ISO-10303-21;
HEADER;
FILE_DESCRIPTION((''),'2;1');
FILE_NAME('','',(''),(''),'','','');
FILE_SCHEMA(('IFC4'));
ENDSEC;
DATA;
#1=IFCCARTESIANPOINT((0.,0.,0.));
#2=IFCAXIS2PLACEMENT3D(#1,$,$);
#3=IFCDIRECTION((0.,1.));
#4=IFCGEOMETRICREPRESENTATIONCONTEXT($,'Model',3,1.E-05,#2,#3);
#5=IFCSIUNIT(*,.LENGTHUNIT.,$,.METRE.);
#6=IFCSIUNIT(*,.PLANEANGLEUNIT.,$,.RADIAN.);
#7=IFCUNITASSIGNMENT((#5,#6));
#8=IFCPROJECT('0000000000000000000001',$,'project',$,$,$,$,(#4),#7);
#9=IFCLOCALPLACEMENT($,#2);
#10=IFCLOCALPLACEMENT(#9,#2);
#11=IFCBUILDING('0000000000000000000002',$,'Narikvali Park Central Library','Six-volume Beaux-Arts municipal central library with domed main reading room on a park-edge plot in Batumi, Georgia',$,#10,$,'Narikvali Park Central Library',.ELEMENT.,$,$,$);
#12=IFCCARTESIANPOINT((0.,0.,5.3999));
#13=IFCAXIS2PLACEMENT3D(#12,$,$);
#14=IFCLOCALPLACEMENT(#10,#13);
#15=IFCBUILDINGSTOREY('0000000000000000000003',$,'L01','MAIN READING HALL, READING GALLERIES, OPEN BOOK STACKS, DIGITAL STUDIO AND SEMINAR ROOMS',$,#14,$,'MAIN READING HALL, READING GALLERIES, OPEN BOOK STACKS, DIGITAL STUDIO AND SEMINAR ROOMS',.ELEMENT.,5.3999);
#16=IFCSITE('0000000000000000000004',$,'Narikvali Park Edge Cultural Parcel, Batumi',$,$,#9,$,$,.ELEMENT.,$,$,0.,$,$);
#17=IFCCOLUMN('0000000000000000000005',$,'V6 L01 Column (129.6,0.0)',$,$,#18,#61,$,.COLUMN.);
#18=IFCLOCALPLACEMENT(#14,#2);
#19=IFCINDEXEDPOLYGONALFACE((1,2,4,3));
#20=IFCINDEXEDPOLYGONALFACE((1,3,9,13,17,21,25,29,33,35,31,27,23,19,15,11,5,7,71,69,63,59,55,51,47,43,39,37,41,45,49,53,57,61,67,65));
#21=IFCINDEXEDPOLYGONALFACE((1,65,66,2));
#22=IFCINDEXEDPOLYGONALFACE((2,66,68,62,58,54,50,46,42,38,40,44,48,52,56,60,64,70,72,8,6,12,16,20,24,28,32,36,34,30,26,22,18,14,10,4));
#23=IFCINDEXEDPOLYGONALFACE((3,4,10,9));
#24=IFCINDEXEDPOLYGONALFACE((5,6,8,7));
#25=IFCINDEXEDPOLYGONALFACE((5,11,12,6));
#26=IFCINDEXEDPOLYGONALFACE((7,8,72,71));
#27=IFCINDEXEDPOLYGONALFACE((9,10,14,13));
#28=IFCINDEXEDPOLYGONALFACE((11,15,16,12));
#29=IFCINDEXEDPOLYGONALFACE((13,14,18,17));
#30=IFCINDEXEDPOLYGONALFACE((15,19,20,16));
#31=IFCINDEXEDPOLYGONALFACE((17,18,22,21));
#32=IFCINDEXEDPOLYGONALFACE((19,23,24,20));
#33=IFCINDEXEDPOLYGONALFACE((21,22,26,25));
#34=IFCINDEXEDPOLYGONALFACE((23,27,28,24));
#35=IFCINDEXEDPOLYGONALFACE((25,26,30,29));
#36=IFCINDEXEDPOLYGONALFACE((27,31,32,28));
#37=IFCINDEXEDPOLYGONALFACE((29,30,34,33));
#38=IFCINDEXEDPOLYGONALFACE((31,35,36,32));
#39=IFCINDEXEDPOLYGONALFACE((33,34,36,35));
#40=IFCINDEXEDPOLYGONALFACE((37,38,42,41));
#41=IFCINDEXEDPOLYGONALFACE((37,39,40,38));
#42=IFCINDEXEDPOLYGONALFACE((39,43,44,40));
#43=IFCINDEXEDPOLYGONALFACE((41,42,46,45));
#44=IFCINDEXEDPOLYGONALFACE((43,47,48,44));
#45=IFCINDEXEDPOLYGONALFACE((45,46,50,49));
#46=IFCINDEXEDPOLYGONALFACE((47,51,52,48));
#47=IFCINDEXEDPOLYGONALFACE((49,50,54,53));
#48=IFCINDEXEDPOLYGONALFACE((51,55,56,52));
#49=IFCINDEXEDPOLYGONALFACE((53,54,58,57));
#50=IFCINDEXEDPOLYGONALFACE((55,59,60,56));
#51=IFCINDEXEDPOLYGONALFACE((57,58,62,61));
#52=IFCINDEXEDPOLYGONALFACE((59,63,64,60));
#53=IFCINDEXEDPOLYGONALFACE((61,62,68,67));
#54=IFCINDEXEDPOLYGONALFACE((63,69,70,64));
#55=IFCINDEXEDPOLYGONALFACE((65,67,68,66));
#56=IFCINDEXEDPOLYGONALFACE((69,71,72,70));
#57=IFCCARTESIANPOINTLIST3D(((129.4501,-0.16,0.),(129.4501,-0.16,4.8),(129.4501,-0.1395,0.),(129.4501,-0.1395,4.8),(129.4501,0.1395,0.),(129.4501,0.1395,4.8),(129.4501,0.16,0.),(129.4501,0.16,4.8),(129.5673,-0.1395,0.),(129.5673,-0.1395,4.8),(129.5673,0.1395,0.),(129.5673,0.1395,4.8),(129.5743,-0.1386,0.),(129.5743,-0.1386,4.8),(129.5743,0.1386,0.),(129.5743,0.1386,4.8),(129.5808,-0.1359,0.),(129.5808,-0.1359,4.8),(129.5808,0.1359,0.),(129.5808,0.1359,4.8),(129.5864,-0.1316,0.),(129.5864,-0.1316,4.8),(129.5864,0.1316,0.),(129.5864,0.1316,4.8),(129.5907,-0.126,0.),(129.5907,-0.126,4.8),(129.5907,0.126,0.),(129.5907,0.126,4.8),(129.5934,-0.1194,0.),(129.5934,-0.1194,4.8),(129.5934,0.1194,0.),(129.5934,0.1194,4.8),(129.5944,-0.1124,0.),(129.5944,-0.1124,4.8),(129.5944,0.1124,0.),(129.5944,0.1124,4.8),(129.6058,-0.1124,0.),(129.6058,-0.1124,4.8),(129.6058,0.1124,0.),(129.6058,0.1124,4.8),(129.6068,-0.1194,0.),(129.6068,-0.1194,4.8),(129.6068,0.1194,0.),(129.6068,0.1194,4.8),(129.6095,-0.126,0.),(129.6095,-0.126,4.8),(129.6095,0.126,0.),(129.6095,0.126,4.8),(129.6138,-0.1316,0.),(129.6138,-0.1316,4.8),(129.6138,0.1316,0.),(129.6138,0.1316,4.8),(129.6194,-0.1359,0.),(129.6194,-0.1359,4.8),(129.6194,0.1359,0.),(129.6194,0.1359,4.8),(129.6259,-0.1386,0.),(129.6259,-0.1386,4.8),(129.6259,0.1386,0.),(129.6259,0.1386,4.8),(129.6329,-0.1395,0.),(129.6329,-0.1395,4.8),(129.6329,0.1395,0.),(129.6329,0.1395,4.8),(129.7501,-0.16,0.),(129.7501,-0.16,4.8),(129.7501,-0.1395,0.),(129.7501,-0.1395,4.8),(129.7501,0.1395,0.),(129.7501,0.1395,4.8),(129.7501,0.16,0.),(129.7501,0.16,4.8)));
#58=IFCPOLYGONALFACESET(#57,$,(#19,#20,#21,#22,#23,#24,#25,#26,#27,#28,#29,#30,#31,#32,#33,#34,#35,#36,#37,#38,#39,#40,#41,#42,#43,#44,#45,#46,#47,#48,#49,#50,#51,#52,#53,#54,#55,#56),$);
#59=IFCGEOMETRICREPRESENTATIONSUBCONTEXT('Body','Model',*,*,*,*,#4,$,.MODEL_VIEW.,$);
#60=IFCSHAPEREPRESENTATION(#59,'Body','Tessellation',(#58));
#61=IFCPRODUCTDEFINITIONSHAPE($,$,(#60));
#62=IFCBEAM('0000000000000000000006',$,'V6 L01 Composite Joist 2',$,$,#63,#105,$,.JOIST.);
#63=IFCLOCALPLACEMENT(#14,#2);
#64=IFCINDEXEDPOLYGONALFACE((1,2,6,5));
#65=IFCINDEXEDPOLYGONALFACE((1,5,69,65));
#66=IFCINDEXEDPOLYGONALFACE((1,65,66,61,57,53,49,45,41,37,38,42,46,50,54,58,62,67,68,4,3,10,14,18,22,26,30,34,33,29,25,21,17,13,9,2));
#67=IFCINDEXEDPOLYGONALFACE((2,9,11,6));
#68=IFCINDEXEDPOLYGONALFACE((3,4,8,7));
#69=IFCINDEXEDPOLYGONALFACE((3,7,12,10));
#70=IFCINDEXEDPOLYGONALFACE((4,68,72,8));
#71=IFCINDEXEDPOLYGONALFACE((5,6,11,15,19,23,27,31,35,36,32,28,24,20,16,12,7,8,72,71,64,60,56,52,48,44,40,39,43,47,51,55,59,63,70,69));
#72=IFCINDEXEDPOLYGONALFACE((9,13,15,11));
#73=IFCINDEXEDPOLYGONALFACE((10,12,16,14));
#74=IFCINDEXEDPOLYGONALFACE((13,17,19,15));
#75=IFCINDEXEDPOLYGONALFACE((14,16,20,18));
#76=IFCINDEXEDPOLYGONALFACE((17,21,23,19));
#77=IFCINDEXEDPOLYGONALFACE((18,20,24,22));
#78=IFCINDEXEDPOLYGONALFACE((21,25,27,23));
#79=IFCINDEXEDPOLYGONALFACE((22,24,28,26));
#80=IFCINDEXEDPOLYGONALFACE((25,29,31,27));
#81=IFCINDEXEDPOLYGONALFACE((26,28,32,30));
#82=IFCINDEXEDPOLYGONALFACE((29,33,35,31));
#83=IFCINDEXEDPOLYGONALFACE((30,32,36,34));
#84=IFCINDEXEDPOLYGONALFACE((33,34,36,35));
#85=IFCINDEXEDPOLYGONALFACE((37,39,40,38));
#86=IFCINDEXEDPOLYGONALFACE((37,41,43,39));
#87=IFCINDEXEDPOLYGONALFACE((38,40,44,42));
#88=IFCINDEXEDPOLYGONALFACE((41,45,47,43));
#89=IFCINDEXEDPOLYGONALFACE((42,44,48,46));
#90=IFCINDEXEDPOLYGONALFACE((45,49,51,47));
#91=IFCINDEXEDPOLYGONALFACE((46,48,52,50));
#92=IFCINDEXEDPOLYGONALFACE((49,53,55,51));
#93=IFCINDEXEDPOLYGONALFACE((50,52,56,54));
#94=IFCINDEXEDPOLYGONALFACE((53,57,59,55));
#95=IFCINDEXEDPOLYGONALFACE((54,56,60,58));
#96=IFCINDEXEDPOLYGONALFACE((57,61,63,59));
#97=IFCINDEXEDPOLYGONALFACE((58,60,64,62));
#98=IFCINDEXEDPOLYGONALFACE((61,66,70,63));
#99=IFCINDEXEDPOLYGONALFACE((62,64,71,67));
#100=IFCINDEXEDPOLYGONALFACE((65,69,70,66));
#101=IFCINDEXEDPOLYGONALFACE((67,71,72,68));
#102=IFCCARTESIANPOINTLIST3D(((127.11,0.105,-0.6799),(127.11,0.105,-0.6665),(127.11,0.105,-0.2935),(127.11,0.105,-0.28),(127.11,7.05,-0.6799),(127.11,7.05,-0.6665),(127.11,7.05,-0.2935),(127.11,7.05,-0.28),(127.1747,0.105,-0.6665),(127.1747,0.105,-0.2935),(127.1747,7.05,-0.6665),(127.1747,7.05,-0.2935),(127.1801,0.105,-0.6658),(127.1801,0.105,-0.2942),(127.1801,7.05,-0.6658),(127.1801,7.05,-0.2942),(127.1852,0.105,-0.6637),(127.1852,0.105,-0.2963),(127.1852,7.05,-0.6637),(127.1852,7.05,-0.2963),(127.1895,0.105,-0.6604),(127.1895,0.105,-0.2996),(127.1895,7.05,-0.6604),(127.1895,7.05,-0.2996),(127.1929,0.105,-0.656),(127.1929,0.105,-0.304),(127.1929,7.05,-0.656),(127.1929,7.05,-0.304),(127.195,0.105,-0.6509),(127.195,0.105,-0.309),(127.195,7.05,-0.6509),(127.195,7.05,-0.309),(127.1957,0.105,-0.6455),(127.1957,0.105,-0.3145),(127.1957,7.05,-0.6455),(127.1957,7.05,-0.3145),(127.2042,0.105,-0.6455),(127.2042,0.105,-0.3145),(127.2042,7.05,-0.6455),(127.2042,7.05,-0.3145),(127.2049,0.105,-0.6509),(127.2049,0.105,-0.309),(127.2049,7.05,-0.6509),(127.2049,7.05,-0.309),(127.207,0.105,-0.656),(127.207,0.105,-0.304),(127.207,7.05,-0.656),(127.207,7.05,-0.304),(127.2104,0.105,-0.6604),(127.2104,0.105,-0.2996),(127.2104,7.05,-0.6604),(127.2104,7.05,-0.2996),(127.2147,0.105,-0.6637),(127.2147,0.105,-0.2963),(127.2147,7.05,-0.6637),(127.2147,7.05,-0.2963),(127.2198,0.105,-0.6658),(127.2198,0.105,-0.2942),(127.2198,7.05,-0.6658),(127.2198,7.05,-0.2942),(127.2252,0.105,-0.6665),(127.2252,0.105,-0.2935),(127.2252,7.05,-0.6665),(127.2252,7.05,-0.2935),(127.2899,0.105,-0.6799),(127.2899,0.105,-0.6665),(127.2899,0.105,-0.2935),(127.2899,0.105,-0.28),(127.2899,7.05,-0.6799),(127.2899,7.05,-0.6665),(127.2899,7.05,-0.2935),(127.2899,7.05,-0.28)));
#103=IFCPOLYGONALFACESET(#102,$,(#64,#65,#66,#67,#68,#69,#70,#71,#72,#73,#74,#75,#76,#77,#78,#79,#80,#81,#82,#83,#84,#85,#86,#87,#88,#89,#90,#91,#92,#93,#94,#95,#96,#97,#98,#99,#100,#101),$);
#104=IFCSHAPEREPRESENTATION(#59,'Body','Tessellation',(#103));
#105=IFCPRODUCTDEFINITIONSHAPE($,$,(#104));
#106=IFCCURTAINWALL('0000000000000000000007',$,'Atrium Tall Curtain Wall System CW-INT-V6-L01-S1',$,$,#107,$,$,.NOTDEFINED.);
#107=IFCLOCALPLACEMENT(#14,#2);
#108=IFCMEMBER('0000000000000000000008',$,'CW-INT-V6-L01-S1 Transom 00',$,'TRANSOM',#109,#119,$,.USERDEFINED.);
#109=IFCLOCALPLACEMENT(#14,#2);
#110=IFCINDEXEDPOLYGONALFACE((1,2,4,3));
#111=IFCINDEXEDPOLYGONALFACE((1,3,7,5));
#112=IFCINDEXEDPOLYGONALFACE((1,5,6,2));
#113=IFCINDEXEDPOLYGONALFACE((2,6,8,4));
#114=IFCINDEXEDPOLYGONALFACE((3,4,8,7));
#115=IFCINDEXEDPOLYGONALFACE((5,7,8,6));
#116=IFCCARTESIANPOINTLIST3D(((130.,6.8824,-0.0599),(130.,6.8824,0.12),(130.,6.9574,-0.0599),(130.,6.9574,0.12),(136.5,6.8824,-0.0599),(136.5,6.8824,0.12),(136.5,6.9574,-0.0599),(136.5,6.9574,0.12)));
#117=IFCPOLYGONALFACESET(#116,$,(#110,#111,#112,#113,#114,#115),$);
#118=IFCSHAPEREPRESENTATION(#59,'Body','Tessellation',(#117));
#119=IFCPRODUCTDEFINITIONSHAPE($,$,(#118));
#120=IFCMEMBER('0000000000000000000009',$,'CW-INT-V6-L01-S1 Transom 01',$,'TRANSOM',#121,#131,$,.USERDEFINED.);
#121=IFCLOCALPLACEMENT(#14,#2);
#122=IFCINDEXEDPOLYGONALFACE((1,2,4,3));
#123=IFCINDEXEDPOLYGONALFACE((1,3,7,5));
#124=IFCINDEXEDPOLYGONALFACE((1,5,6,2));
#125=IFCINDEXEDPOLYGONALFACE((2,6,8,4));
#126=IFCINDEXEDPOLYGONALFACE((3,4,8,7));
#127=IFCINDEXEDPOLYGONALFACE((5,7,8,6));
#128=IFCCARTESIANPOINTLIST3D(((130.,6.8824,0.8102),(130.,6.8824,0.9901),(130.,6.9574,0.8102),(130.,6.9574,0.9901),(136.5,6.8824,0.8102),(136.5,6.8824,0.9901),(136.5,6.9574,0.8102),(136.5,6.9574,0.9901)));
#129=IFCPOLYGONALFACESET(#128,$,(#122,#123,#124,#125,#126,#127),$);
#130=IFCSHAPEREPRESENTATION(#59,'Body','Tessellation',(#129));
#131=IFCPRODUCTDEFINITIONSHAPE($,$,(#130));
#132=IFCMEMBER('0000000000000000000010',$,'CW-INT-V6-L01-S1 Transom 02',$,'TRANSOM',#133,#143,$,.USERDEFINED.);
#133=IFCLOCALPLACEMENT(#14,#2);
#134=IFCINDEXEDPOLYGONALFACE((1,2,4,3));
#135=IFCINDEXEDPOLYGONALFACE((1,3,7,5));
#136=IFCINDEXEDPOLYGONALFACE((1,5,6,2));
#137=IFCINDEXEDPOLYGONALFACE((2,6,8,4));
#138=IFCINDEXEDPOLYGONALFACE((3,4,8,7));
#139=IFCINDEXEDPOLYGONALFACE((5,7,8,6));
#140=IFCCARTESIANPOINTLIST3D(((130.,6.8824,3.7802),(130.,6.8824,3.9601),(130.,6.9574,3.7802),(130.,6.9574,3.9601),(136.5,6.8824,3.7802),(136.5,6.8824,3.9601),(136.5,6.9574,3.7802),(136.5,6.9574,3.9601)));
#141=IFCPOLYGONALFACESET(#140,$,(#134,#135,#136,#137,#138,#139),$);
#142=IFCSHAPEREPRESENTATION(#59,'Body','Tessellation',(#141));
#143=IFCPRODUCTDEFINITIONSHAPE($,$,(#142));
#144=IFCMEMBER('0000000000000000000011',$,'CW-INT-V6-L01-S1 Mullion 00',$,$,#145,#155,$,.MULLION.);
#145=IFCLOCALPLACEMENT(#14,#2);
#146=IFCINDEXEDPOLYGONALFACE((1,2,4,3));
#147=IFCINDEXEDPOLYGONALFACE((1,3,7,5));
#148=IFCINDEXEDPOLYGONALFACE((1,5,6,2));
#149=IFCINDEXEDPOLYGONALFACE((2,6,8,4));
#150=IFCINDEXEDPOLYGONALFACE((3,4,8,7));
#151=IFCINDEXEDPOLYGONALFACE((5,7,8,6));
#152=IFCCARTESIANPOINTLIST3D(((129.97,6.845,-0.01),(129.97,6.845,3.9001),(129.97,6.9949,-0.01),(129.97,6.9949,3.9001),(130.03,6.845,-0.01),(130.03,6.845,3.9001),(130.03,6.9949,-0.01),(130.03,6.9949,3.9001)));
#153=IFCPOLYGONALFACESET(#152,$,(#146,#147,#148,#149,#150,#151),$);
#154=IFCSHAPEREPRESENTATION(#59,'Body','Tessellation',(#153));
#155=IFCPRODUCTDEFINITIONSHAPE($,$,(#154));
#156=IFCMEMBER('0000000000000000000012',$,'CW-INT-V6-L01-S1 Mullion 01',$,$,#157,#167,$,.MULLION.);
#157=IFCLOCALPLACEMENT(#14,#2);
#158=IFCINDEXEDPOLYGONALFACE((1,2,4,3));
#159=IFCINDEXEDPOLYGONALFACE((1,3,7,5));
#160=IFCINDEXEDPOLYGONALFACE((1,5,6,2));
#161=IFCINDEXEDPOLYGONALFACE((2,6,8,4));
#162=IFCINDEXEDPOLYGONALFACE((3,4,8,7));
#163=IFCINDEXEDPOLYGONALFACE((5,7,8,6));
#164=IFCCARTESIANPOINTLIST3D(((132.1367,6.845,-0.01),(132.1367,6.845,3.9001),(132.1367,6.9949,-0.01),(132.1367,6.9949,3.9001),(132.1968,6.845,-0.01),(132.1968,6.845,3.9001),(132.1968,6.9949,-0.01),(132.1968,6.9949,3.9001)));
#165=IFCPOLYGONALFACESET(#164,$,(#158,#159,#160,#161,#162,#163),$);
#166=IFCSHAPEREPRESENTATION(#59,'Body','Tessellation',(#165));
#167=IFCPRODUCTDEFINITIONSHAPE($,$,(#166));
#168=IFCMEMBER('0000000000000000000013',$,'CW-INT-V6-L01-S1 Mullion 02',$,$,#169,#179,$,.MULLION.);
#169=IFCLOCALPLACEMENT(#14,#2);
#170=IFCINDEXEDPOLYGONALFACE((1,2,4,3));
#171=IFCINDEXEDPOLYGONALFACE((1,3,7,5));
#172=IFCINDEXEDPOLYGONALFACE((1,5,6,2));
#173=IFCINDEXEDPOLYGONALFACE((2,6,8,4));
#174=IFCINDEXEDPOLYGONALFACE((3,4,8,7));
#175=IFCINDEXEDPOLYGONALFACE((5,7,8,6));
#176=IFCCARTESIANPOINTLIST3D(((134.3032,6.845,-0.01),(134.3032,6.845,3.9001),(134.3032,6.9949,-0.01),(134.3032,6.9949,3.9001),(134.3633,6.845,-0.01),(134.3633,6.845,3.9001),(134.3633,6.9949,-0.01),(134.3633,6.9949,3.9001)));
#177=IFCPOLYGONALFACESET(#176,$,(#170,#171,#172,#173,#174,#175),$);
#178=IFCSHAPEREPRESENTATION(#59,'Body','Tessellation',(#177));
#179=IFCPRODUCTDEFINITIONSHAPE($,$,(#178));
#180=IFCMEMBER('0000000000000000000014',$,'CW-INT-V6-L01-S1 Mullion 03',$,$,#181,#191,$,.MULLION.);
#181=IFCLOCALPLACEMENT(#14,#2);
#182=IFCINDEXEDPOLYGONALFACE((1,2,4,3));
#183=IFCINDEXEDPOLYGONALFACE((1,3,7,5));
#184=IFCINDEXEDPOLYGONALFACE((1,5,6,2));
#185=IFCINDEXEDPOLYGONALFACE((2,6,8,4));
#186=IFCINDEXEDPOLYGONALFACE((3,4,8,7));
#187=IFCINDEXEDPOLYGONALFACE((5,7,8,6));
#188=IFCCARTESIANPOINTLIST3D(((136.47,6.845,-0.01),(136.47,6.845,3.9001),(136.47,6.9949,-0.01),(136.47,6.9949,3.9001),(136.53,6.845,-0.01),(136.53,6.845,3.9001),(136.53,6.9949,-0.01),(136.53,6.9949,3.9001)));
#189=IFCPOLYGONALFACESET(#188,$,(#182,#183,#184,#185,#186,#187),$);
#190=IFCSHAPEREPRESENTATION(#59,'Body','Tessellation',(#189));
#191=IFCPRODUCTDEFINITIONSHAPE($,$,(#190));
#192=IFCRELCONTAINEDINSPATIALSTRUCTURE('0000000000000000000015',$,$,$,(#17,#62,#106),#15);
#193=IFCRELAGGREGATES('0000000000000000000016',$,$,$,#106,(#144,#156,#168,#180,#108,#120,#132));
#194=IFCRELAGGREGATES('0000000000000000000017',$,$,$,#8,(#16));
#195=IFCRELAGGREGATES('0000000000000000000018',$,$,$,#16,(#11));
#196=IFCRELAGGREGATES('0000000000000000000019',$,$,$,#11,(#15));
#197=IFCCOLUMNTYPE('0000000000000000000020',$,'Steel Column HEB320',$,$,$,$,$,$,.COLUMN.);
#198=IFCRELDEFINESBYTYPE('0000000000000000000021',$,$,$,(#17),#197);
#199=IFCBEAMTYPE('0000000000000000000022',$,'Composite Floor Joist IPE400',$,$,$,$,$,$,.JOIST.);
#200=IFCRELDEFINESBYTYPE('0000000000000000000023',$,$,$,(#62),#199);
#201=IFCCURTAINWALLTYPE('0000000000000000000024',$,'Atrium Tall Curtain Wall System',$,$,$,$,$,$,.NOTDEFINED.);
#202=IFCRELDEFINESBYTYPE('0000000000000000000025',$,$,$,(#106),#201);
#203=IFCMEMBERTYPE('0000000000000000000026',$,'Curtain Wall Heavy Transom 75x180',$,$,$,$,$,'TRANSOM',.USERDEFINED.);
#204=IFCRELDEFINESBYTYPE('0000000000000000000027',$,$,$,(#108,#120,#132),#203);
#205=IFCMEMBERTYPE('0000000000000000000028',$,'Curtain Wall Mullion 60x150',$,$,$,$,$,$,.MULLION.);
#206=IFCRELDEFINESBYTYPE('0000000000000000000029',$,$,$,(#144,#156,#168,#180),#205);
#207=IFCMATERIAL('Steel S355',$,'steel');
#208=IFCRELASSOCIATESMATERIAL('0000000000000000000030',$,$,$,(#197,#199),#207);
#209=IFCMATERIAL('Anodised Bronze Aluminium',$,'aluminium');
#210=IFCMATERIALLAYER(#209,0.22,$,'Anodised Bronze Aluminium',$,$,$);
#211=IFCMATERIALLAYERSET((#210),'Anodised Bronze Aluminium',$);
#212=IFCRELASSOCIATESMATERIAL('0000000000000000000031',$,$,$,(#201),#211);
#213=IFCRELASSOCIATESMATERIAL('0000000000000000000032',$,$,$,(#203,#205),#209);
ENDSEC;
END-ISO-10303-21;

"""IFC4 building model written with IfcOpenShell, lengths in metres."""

from ifc_helpers import new_model, si_unit, direction, frame, origin, origin_2d, place, context, subcontext, project, spatial, rectangle, i_section, extrude, material, layer, layer_set, material_profile, profile_set, type_object, element, aggregate, save


model = new_model("IFC4")

# Units and contexts
model_context = context("Model", 3, precision=1e-05, world=origin(), true_north=direction((0.0, 1.0)))
body_context = subcontext(model_context, "Body", "Model", "MODEL_VIEW")
ifc_project = project(units=[si_unit("LENGTHUNIT", "METRE"), si_unit("PLANEANGLEUNIT", "RADIAN")], contexts=[model_context])

# Site, building, storey
site_placement = place(None, origin())
site = spatial("IfcSite", under=ifc_project, at=site_placement, Name="Narikvali Park Edge Cultural Parcel, Batumi", CompositionType="ELEMENT", RefElevation=0.0)
building_placement = place(site_placement, origin())
building = spatial("IfcBuilding", under=site, at=building_placement, Name="Narikvali Park Central Library", Description="Six-volume Beaux-Arts municipal central library with domed main reading room on a park-edge plot in Batumi, Georgia", LongName="Narikvali Park Central Library", CompositionType="ELEMENT")
storey_placement = place(building_placement, frame((0.0, 0.0, 5.3999)))
storey = spatial("IfcBuildingStorey", under=building, at=storey_placement, Name="L01", Description="MAIN READING HALL, READING GALLERIES, OPEN BOOK STACKS, DIGITAL STUDIO AND SEMINAR ROOMS", LongName="MAIN READING HALL, READING GALLERIES, OPEN BOOK STACKS, DIGITAL STUDIO AND SEMINAR ROOMS", CompositionType="ELEMENT", Elevation=5.3999)

# Column
ifc_material_1 = material(Name="Steel S355", Category="steel")
ifc_material_profile_1 = material_profile(ifc_material_1, i_section(OverallWidth=0.3, OverallDepth=0.3201, WebThickness=0.0115, FlangeThickness=0.0205, FilletRadius=0.0271, at=origin_2d()), Name="HEB 320")
ifc_profile_set_1 = profile_set([ifc_material_profile_1], Name="Steel S355")
column_type = type_object("IfcColumnType", Name="Steel Column HEB320", PredefinedType="COLUMN", material=ifc_profile_set_1)
column_placement = place(storey_placement, frame((129.6001, 0.0, 0.0), z_axis=(0.0, 0.0, 1.0), x_axis=(1.0, 0.0, 0.0)))
element("IfcColumn", 1, at=column_placement, inside=storey, type_object=column_type, Name="V6 L01 Column (129.6,0.0)", PredefinedType="COLUMN", context=body_context, shape_type="SweptSolid", body=[
    extrude(i_section(OverallWidth=0.3, OverallDepth=0.3201, WebThickness=0.0115, FlangeThickness=0.0205, FilletRadius=0.0271, at=origin_2d()), origin(), (0.0, 0.0, 1.0), 4.8),
])

# Beam
ifc_material_profile_2 = material_profile(ifc_material_1, i_section(OverallWidth=0.1799, OverallDepth=0.3999, WebThickness=0.0085, FlangeThickness=0.0134, FilletRadius=0.021, at=origin_2d()), Name="IPE 400")
ifc_profile_set_2 = profile_set([ifc_material_profile_2], Name="Steel S355")
beam_type_1 = type_object("IfcBeamType", Name="Composite Floor Joist IPE400", PredefinedType="JOIST", material=ifc_profile_set_2)
beam_1_placement = place(storey_placement, frame((127.2, 0.105, -0.48), z_axis=(0.0, 1.0, 0.0), x_axis=(-1.0, 0.0, 0.0)))
element("IfcBeam", 2, at=beam_1_placement, inside=storey, type_object=beam_type_1, Name="V6 L01 Composite Joist 2", PredefinedType="JOIST", context=body_context, shape_type="SweptSolid", body=[
    extrude(i_section(OverallWidth=0.1799, OverallDepth=0.3999, WebThickness=0.0085, FlangeThickness=0.0134, FilletRadius=0.021, at=origin_2d()), origin(), (0.0, 0.0, 1.0), 6.9451),
])

# Curtain wall, members
ifc_material_2 = material(Name="Anodised Bronze Aluminium", Category="aluminium")
ifc_layer_1 = layer(ifc_material_2, 0.22, Name="Anodised Bronze Aluminium")
ifc_layer_set_1 = layer_set([ifc_layer_1], Name="Anodised Bronze Aluminium")
curtain_wall_type = type_object("IfcCurtainWallType", Name="Atrium Tall Curtain Wall System", PredefinedType="NOTDEFINED", material=ifc_layer_set_1)
curtain_wall_placement = place(storey_placement, origin())
curtain_wall = element("IfcCurtainWall", 3, at=curtain_wall_placement, inside=storey, type_object=curtain_wall_type, Name="Atrium Tall Curtain Wall System CW-INT-V6-L01-S1", PredefinedType="NOTDEFINED")
ifc_material_profile_3 = material_profile(ifc_material_2, rectangle(XDim=0.075, YDim=0.1799, at=origin_2d()), Name="CW TRANSOM 75x180")
ifc_profile_set_3 = profile_set([ifc_material_profile_3], Name="Anodised Bronze Aluminium")
member_type_1 = type_object("IfcMemberType", Name="Curtain Wall Heavy Transom 75x180", ElementType="TRANSOM", PredefinedType="USERDEFINED", material=ifc_profile_set_3)
member_1_placement = place(storey_placement, frame((130.0, 6.9199, 0.03), z_axis=(1.0, 0.0, 0.0), x_axis=(0.0, 1.0, 0.0)))
member_1 = element("IfcMember", 4, at=member_1_placement, type_object=member_type_1, Name="CW-INT-V6-L01-S1 Transom 00", ObjectType="TRANSOM", PredefinedType="USERDEFINED", context=body_context, shape_type="SweptSolid", body=[
    extrude(rectangle(XDim=0.075, YDim=0.1799, at=origin_2d()), origin(), (0.0, 0.0, 1.0), 6.5),
])
member_2_placement = place(storey_placement, frame((130.0, 6.9199, 0.9001), z_axis=(1.0, 0.0, 0.0), x_axis=(0.0, 1.0, 0.0)))
member_2 = element("IfcMember", 5, at=member_2_placement, type_object=member_type_1, Name="CW-INT-V6-L01-S1 Transom 01", ObjectType="TRANSOM", PredefinedType="USERDEFINED", context=body_context, shape_type="SweptSolid", body=[
    extrude(rectangle(XDim=0.075, YDim=0.1799, at=origin_2d()), origin(), (0.0, 0.0, 1.0), 6.5),
])
member_3_placement = place(storey_placement, frame((130.0, 6.9199, 3.8701), z_axis=(1.0, 0.0, 0.0), x_axis=(0.0, 1.0, 0.0)))
member_3 = element("IfcMember", 6, at=member_3_placement, type_object=member_type_1, Name="CW-INT-V6-L01-S1 Transom 02", ObjectType="TRANSOM", PredefinedType="USERDEFINED", context=body_context, shape_type="SweptSolid", body=[
    extrude(rectangle(XDim=0.075, YDim=0.1799, at=origin_2d()), origin(), (0.0, 0.0, 1.0), 6.5),
])
ifc_material_profile_4 = material_profile(ifc_material_2, rectangle(XDim=0.0601, YDim=0.1499, at=origin_2d()), Name="CW MULLION 60x150")
ifc_profile_set_4 = profile_set([ifc_material_profile_4], Name="Anodised Bronze Aluminium")
member_type_2 = type_object("IfcMemberType", Name="Curtain Wall Mullion 60x150", PredefinedType="MULLION", material=ifc_profile_set_4)
member_4_placement = place(storey_placement, frame((130.0, 6.9199, -0.01), z_axis=(0.0, 0.0, 1.0), x_axis=(1.0, 0.0, 0.0)))
member_4 = element("IfcMember", 7, at=member_4_placement, type_object=member_type_2, Name="CW-INT-V6-L01-S1 Mullion 00", PredefinedType="MULLION", context=body_context, shape_type="SweptSolid", body=[
    extrude(rectangle(XDim=0.0601, YDim=0.1499, at=origin_2d()), origin(), (0.0, 0.0, 1.0), 3.9102),
])
member_5_placement = place(storey_placement, frame((132.1667, 6.9199, -0.01), z_axis=(0.0, 0.0, 1.0), x_axis=(1.0, 0.0, 0.0)))
member_5 = element("IfcMember", 8, at=member_5_placement, type_object=member_type_2, Name="CW-INT-V6-L01-S1 Mullion 01", PredefinedType="MULLION", context=body_context, shape_type="SweptSolid", body=[
    extrude(rectangle(XDim=0.0601, YDim=0.1499, at=origin_2d()), origin(), (0.0, 0.0, 1.0), 3.9102),
])
member_6_placement = place(storey_placement, frame((134.3333, 6.9199, -0.01), z_axis=(0.0, 0.0, 1.0), x_axis=(1.0, 0.0, 0.0)))
member_6 = element("IfcMember", 9, at=member_6_placement, type_object=member_type_2, Name="CW-INT-V6-L01-S1 Mullion 02", PredefinedType="MULLION", context=body_context, shape_type="SweptSolid", body=[
    extrude(rectangle(XDim=0.0601, YDim=0.1499, at=origin_2d()), origin(), (0.0, 0.0, 1.0), 3.9102),
])
member_7_placement = place(storey_placement, frame((136.5, 6.9199, -0.01), z_axis=(0.0, 0.0, 1.0), x_axis=(1.0, 0.0, 0.0)))
member_7 = element("IfcMember", 10, at=member_7_placement, type_object=member_type_2, Name="CW-INT-V6-L01-S1 Mullion 03", PredefinedType="MULLION", context=body_context, shape_type="SweptSolid", body=[
    extrude(rectangle(XDim=0.0601, YDim=0.1499, at=origin_2d()), origin(), (0.0, 0.0, 1.0), 3.9102),
])

aggregate(curtain_wall, [member_4, member_5, member_6, member_7, member_1, member_2, member_3])

save(model, "model.ifc")
